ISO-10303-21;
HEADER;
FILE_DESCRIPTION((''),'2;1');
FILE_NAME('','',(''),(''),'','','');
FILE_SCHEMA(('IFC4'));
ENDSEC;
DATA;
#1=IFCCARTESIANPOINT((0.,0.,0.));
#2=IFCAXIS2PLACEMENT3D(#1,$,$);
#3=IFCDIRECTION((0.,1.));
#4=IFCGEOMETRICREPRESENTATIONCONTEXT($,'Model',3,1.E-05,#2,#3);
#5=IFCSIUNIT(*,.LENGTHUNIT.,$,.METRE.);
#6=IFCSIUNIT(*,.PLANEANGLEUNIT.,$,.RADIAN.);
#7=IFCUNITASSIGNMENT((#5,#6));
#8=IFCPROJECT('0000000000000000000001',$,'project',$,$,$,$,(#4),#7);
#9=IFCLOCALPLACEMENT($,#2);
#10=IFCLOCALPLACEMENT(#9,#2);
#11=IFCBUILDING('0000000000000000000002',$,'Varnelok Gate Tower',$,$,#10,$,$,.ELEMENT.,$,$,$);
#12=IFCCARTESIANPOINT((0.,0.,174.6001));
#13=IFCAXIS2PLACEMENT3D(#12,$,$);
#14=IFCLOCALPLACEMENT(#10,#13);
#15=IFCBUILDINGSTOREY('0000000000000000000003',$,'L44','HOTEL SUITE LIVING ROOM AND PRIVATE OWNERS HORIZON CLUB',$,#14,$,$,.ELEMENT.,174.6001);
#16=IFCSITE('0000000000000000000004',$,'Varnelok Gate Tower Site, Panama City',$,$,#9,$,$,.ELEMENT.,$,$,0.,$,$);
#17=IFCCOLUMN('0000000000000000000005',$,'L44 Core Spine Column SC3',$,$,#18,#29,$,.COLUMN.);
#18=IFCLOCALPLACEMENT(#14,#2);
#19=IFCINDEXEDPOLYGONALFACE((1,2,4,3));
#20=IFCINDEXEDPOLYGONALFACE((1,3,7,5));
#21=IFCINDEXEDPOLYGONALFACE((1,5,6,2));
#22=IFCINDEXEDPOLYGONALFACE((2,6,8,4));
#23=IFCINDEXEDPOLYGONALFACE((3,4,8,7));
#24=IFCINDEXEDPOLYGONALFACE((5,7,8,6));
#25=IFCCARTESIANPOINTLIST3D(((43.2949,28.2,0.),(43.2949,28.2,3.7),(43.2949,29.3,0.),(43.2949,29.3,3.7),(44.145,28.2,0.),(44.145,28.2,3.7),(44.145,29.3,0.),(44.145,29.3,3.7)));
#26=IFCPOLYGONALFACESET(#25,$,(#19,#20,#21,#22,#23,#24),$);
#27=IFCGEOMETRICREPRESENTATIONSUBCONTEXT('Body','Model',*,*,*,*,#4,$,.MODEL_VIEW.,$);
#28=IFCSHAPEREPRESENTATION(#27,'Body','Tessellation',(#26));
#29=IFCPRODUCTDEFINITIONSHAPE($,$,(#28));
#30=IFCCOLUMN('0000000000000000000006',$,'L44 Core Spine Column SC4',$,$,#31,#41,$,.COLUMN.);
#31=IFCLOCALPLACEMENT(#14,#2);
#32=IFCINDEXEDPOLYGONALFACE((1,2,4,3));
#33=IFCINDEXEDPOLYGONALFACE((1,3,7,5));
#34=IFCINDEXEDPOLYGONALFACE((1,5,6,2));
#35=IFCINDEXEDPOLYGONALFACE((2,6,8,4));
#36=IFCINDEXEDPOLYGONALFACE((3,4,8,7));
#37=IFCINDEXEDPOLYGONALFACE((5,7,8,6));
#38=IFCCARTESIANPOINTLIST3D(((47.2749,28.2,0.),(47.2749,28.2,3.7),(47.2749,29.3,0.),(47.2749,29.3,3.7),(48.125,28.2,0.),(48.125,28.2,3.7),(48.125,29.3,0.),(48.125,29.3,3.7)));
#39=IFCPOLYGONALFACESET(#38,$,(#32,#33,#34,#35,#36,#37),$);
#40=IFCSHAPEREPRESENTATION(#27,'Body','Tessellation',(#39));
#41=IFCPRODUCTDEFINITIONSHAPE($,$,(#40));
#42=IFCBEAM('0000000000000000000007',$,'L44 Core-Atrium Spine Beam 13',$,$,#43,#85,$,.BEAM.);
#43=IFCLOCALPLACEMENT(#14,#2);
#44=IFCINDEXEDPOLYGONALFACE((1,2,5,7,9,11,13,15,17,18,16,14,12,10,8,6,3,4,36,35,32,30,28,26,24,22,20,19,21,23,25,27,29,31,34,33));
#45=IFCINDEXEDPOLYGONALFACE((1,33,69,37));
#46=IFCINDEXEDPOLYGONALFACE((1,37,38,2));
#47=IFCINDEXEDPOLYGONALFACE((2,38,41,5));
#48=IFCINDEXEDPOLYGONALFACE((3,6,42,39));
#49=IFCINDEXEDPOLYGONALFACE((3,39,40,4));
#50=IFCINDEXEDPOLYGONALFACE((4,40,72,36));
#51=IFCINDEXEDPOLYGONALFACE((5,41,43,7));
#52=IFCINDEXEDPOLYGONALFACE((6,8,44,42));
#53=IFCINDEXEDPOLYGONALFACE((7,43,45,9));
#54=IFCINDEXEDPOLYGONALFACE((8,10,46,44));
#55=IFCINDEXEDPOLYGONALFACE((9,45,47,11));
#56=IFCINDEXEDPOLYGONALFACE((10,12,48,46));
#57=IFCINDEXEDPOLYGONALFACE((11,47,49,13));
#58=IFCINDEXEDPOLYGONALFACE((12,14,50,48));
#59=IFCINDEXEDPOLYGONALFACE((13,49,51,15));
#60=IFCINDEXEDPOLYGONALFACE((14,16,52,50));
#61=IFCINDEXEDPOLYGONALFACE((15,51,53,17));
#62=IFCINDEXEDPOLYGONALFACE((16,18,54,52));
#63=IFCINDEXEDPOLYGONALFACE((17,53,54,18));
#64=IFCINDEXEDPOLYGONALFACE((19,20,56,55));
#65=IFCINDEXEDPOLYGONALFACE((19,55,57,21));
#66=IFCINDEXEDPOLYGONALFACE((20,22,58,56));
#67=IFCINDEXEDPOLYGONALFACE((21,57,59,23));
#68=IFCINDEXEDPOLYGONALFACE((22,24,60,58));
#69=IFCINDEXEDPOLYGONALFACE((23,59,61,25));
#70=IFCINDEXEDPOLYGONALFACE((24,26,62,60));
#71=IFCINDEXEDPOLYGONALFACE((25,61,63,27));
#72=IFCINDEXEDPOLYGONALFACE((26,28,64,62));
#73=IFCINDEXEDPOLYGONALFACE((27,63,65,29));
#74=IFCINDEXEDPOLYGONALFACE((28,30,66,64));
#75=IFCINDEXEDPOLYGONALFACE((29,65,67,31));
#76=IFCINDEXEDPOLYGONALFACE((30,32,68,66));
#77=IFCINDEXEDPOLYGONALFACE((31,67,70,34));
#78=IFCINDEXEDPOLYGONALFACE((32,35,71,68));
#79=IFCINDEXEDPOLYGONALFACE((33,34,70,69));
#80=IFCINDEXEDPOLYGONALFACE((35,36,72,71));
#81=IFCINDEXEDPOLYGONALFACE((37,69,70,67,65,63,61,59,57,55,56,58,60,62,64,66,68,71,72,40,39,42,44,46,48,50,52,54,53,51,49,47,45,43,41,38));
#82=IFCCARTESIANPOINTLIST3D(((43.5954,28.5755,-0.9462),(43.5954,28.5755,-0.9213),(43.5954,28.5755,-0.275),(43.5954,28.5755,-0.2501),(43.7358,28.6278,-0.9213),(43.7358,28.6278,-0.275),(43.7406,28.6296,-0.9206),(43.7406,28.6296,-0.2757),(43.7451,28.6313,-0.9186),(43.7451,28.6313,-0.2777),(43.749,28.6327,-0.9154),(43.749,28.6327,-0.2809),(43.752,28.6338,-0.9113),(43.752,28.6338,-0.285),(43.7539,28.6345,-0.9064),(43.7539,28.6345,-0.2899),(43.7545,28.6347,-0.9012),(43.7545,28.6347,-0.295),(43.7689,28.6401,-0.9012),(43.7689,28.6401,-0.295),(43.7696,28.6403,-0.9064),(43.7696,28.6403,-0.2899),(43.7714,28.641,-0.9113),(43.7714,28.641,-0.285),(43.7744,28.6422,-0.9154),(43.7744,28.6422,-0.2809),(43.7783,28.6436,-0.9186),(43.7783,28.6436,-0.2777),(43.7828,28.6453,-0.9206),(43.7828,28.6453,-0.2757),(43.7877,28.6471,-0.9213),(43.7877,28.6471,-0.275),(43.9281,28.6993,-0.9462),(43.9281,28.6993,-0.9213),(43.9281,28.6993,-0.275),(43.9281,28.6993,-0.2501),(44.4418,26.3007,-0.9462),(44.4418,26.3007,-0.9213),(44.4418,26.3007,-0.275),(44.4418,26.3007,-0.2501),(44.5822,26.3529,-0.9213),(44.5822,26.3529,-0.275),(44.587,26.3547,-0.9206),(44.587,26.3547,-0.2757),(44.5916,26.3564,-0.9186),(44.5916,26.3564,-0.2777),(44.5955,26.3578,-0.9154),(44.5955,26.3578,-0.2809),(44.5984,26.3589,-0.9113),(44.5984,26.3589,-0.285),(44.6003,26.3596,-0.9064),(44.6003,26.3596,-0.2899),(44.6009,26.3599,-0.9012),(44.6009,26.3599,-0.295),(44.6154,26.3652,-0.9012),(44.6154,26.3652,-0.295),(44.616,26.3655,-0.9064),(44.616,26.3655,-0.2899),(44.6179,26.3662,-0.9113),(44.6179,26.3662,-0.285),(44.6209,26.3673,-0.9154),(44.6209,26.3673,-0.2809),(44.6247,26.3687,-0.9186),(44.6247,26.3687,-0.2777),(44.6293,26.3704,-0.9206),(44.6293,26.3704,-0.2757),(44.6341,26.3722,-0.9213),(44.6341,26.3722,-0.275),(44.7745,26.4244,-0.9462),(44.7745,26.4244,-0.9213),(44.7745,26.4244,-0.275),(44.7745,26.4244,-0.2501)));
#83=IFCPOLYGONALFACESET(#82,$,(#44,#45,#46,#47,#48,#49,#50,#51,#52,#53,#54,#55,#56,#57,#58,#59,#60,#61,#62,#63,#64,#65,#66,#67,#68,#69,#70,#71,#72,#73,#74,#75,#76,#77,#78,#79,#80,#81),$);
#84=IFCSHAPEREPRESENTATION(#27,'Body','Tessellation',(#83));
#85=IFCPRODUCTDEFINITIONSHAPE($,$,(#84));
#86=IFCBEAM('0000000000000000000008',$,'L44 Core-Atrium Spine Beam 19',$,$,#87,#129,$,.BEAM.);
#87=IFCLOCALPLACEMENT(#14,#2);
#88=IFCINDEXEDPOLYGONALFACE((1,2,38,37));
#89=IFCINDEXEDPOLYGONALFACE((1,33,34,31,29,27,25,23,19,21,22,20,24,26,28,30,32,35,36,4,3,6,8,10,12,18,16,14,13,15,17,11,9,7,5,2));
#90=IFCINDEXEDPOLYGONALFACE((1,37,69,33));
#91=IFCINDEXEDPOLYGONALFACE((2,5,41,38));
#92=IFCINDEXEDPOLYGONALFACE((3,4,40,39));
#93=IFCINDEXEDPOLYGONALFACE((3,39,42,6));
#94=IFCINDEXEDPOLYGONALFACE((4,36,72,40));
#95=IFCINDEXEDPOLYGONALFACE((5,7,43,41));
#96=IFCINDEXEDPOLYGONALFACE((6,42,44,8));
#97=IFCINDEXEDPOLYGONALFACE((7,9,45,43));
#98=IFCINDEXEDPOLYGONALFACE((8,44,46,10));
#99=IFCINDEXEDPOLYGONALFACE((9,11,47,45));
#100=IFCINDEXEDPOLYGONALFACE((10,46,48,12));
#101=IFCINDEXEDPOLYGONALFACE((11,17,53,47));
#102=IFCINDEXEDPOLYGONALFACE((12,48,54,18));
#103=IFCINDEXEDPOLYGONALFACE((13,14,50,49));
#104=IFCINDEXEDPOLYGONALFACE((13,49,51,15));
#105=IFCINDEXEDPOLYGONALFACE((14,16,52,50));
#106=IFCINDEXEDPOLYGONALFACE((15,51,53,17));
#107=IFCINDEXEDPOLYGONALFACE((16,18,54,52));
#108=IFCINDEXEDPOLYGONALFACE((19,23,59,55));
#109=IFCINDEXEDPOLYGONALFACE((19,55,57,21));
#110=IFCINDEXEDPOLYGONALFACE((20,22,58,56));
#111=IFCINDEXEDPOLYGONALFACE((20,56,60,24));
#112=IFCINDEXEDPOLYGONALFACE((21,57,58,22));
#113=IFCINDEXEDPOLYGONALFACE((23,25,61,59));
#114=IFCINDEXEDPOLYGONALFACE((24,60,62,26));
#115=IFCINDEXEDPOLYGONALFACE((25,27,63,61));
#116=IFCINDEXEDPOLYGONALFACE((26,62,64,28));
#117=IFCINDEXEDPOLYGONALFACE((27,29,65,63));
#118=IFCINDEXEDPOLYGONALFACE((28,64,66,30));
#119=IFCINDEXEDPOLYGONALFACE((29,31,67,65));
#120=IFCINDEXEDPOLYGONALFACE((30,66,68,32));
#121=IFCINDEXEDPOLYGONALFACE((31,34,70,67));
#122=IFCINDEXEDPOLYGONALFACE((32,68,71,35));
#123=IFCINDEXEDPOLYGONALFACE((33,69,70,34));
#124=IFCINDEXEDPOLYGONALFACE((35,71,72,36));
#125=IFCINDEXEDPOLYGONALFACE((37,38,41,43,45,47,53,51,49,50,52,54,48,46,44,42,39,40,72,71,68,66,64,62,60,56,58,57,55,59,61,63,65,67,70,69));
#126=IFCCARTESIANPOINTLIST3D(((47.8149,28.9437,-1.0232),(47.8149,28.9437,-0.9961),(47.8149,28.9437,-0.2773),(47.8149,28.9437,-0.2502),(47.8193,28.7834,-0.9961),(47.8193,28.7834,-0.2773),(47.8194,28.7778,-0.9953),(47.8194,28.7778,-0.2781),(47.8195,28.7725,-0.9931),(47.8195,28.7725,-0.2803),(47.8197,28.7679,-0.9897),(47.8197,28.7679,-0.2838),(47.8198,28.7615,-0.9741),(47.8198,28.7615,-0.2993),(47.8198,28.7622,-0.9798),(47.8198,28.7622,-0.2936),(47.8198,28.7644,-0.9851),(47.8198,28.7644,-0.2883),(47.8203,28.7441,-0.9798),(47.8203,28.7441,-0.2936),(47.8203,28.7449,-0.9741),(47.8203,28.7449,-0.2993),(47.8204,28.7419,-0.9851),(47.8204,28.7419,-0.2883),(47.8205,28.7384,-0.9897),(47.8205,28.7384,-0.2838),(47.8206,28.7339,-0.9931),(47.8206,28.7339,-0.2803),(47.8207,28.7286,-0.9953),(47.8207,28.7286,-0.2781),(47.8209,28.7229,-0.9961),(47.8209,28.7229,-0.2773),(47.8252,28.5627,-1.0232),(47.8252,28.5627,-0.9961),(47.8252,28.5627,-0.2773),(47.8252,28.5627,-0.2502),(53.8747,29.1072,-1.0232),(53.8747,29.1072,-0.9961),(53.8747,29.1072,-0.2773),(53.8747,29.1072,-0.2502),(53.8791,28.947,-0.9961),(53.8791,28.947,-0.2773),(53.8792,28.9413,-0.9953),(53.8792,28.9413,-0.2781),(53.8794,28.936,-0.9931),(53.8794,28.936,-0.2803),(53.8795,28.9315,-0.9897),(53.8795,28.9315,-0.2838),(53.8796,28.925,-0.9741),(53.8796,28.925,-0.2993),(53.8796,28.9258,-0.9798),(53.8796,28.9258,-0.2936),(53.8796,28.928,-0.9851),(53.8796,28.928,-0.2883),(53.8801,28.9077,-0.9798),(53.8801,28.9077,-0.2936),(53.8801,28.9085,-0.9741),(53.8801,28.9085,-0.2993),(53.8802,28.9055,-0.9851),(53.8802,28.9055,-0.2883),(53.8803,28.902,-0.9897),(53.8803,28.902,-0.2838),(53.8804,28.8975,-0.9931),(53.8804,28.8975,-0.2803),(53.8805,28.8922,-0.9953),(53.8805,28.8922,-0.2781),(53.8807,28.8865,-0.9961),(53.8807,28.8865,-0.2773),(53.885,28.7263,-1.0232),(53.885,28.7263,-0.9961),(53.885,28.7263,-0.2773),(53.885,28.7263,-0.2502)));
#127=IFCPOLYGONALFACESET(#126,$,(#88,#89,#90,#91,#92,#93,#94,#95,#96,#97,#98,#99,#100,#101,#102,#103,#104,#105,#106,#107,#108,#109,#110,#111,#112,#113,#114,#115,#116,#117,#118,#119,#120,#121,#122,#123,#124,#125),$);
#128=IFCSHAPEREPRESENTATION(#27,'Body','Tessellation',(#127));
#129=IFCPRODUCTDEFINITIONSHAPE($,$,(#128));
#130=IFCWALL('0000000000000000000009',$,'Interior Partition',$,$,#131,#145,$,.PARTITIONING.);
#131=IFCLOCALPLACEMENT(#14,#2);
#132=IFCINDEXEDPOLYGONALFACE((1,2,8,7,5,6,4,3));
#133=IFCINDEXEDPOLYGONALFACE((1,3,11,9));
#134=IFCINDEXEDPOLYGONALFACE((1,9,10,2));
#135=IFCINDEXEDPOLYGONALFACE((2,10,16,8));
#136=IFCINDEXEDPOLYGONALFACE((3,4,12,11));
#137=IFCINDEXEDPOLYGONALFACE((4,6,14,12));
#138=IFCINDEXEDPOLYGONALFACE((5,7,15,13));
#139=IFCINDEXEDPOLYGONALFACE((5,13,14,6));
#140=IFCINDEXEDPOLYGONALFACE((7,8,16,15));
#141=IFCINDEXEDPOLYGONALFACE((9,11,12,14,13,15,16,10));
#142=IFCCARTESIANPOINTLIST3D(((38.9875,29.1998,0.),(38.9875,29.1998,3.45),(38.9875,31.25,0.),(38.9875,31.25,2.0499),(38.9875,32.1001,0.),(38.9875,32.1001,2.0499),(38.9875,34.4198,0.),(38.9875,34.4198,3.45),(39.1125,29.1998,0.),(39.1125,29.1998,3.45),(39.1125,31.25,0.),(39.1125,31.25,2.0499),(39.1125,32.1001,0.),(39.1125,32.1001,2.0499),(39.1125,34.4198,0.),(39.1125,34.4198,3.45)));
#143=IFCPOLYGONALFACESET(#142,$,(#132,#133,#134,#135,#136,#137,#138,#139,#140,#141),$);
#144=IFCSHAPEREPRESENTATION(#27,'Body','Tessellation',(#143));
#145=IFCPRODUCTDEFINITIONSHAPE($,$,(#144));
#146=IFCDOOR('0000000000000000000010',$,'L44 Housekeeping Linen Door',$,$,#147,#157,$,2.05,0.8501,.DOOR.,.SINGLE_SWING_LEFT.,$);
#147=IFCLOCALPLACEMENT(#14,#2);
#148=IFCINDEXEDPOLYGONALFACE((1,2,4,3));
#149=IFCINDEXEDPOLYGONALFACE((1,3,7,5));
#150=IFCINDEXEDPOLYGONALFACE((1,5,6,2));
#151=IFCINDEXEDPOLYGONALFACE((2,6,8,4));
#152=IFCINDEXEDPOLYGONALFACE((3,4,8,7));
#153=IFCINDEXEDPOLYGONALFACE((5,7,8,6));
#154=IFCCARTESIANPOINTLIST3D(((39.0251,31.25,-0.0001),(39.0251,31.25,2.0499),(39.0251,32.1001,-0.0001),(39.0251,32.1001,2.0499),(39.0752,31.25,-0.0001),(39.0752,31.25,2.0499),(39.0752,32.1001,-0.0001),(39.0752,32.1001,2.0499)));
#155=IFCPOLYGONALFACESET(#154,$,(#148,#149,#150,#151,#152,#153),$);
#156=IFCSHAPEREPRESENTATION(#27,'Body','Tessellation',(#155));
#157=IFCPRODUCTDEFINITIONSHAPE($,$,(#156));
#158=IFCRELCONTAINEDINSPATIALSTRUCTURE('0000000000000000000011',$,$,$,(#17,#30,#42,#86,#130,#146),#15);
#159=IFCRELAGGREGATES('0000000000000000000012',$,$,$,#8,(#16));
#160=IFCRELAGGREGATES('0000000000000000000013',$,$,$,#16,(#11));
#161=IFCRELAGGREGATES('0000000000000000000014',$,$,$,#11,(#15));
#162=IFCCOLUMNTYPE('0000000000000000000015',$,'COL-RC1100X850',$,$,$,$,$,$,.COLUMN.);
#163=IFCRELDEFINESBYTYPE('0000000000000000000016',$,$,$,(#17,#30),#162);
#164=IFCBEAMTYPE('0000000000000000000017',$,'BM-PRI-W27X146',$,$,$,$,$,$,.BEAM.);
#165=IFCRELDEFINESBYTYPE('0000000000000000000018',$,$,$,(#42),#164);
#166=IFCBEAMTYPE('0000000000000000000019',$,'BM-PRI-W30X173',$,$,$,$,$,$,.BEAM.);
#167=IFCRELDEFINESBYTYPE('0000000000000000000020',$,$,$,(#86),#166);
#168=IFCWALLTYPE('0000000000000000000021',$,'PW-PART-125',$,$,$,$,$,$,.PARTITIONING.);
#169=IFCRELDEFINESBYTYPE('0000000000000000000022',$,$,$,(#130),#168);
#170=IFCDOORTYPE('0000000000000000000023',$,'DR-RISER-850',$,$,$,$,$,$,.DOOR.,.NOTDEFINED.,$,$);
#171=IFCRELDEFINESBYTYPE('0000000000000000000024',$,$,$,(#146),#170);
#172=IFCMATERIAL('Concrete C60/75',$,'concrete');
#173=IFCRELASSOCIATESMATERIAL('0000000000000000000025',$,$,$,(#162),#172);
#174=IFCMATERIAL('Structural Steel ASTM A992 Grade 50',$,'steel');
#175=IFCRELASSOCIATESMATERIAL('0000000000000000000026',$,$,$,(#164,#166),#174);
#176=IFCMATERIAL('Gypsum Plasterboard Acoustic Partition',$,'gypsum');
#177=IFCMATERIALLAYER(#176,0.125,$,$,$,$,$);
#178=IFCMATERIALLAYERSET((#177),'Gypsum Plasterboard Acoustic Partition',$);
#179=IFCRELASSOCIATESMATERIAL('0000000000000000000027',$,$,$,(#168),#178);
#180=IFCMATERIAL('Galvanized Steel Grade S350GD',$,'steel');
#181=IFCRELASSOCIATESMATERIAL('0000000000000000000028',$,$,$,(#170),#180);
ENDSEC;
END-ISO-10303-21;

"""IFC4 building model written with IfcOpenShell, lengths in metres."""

from ifc_helpers import new_model, si_unit, direction, frame, frame_2d, origin, origin_2d, place, context, subcontext, project, spatial, rectangle, i_section, extrude, material, layer, layer_set, material_profile, profile_set, type_object, element, fill, save


model = new_model("IFC4")

# Units and contexts
model_context = context("Model", 3, precision=1e-05, world=origin(), true_north=direction((0.0, 1.0)))
body_context = subcontext(model_context, "Body", "Model", "MODEL_VIEW")
ifc_project = project(units=[si_unit("LENGTHUNIT", "METRE"), si_unit("PLANEANGLEUNIT", "RADIAN")], contexts=[model_context])

# Site, building, storey
site_placement = place(None, origin())
site = spatial("IfcSite", under=ifc_project, at=site_placement, Name="Varnelok Gate Tower Site, Panama City", CompositionType="ELEMENT", RefElevation=0.0)
building_placement = place(site_placement, origin())
building = spatial("IfcBuilding", under=site, at=building_placement, Name="Varnelok Gate Tower", CompositionType="ELEMENT")
storey_placement = place(building_placement, frame((0.0, 0.0, 174.6001)))
storey = spatial("IfcBuildingStorey", under=building, at=storey_placement, Name="L44", Description="HOTEL SUITE LIVING ROOM AND PRIVATE OWNERS HORIZON CLUB", CompositionType="ELEMENT", Elevation=174.6001)

# Columns
ifc_material_1 = material(Name="Concrete C60/75", Category="concrete")
ifc_material_profile_1 = material_profile(ifc_material_1, rectangle(XDim=0.8501, YDim=1.1001, at=origin_2d()), Name="RC1100X850")
ifc_profile_set_1 = profile_set([ifc_material_profile_1], Name="Concrete C60/75")
column_type = type_object("IfcColumnType", Name="COL-RC1100X850", PredefinedType="COLUMN", material=ifc_profile_set_1)
for number, where, z_axis, x_axis, name in (
    (1, (43.72, 28.75, 0.0), (0.0, 0.0, 1.0), (1.0, 0.0, 0.0), "L44 Core Spine Column SC3"),
    (2, (47.7, 28.75, 0.0), (0.0, 0.0, 1.0), (1.0, 0.0, 0.0), "L44 Core Spine Column SC4"),
):
    element("IfcColumn", number, at=place(storey_placement, frame(where, z_axis=z_axis, x_axis=x_axis)), inside=storey, type_object=column_type, Name=name, PredefinedType="COLUMN", context=body_context, shape_type="SweptSolid", body=[
        extrude(rectangle(XDim=0.8501, YDim=1.1001, at=origin_2d()), origin(), (0.0, 0.0, 1.0), 3.7),
    ])

# Beams
ifc_material_2 = material(Name="Structural Steel ASTM A992 Grade 50", Category="steel")
ifc_material_profile_2 = material_profile(ifc_material_2, i_section(OverallWidth=0.355, OverallDepth=0.696, WebThickness=0.0154, FlangeThickness=0.0249, FilletRadius=0.02, at=origin_2d()), Name="W27X146")
ifc_profile_set_2 = profile_set([ifc_material_profile_2], Name="Structural Steel ASTM A992 Grade 50")
beam_type_1 = type_object("IfcBeamType", Name="BM-PRI-W27X146", PredefinedType="BEAM", material=ifc_profile_set_2)
beam_1_placement = place(storey_placement, frame((44.6082, 26.3625, -0.5981), z_axis=(-0.348719, 0.937227, 0.0), x_axis=(-0.937227, -0.348719, 0.0)))
element("IfcBeam", 3, at=beam_1_placement, inside=storey, type_object=beam_type_1, Name="L44 Core-Atrium Spine Beam 13", PredefinedType="BEAM", context=body_context, shape_type="SweptSolid", body=[
    extrude(i_section(OverallWidth=0.355, OverallDepth=0.696, WebThickness=0.0154, FlangeThickness=0.0249, FilletRadius=0.02, at=origin_2d()), origin(), (0.0, 0.0, 1.0), 2.4272),
])
ifc_material_profile_3 = material_profile(ifc_material_2, i_section(OverallWidth=0.3811, OverallDepth=0.7729, WebThickness=0.0166, FlangeThickness=0.0271, FilletRadius=0.022, at=origin_2d()), Name="W30X173")
ifc_profile_set_3 = profile_set([ifc_material_profile_3], Name="Structural Steel ASTM A992 Grade 50")
beam_type_2 = type_object("IfcBeamType", Name="BM-PRI-W30X173", PredefinedType="BEAM", material=ifc_profile_set_3)
beam_2_placement = place(storey_placement, frame((47.8201, 28.7532, -0.6367), z_axis=(0.999636, 0.026983, 0.0), x_axis=(-0.026983, 0.999636, 0.0)))
element("IfcBeam", 4, at=beam_2_placement, inside=storey, type_object=beam_type_2, Name="L44 Core-Atrium Spine Beam 19", PredefinedType="BEAM", context=body_context, shape_type="SweptSolid", body=[
    extrude(i_section(OverallWidth=0.3811, OverallDepth=0.7729, WebThickness=0.0166, FlangeThickness=0.0271, FilletRadius=0.022, at=origin_2d()), origin(), (0.0, 0.0, 1.0), 6.062),
])

# Wall, opening, door
ifc_material_3 = material(Name="Gypsum Plasterboard Acoustic Partition", Category="gypsum")
ifc_layer_1 = layer(ifc_material_3, 0.125)
ifc_layer_set_1 = layer_set([ifc_layer_1], Name="Gypsum Plasterboard Acoustic Partition")
wall_type_1 = type_object("IfcWallType", Name="PW-PART-125", PredefinedType="PARTITIONING", material=ifc_layer_set_1)
wall_1_placement = place(storey_placement, frame((39.05, 29.2, 0.0), z_axis=(0.0, 0.0, 1.0), x_axis=(0.0, 1.0, 0.0)))
wall_1 = element("IfcWall", 5, at=wall_1_placement, inside=storey, type_object=wall_type_1, Name="Interior Partition", PredefinedType="PARTITIONING", context=body_context, shape_type="SweptSolid", body=[
    extrude(rectangle(XDim=5.22, YDim=0.125, at=frame_2d((2.6099, 0.0))), origin(), (0.0, 0.0, 1.0), 3.45),
])
opening_1_placement = place(wall_1_placement, frame((2.05, 0.0, 0.0)))
opening_1 = element("IfcOpeningElement", 6, at=opening_1_placement, cuts=wall_1, PredefinedType="OPENING", context=body_context, shape_type="SweptSolid", body=[
    extrude(rectangle(XDim=0.8501, YDim=2.05, at=frame_2d((0.425, 1.0249))), frame((0.0, 0.0725, 0.0), z_axis=(0.0, -1.0, 0.0), x_axis=(1.0, 0.0, 0.0)), (0.0, 0.0, 1.0), 0.145),
])
ifc_material_4 = material(Name="Galvanized Steel Grade S350GD", Category="steel")
door_type_1 = type_object("IfcDoorType", Name="DR-RISER-850", OperationType="NOTDEFINED", PredefinedType="DOOR", material=ifc_material_4)
door_1_placement = place(opening_1_placement, origin())
door_1 = element("IfcDoor", 7, at=door_1_placement, inside=storey, type_object=door_type_1, Name="L44 Housekeeping Linen Door", OperationType="SINGLE_SWING_LEFT", OverallHeight=2.05, OverallWidth=0.8501, PredefinedType="DOOR", context=body_context, shape_type="SweptSolid", body=[
    extrude(rectangle(XDim=0.8501, YDim=2.05, at=frame_2d((0.425, 1.0249))), frame((0.0, 0.0249, 0.0), z_axis=(0.0, -1.0, 0.0), x_axis=(1.0, 0.0, 0.0)), (0.0, 0.0, 1.0), 0.05),
])
fill(opening_1, door_1)

save(model, "model.ifc")
